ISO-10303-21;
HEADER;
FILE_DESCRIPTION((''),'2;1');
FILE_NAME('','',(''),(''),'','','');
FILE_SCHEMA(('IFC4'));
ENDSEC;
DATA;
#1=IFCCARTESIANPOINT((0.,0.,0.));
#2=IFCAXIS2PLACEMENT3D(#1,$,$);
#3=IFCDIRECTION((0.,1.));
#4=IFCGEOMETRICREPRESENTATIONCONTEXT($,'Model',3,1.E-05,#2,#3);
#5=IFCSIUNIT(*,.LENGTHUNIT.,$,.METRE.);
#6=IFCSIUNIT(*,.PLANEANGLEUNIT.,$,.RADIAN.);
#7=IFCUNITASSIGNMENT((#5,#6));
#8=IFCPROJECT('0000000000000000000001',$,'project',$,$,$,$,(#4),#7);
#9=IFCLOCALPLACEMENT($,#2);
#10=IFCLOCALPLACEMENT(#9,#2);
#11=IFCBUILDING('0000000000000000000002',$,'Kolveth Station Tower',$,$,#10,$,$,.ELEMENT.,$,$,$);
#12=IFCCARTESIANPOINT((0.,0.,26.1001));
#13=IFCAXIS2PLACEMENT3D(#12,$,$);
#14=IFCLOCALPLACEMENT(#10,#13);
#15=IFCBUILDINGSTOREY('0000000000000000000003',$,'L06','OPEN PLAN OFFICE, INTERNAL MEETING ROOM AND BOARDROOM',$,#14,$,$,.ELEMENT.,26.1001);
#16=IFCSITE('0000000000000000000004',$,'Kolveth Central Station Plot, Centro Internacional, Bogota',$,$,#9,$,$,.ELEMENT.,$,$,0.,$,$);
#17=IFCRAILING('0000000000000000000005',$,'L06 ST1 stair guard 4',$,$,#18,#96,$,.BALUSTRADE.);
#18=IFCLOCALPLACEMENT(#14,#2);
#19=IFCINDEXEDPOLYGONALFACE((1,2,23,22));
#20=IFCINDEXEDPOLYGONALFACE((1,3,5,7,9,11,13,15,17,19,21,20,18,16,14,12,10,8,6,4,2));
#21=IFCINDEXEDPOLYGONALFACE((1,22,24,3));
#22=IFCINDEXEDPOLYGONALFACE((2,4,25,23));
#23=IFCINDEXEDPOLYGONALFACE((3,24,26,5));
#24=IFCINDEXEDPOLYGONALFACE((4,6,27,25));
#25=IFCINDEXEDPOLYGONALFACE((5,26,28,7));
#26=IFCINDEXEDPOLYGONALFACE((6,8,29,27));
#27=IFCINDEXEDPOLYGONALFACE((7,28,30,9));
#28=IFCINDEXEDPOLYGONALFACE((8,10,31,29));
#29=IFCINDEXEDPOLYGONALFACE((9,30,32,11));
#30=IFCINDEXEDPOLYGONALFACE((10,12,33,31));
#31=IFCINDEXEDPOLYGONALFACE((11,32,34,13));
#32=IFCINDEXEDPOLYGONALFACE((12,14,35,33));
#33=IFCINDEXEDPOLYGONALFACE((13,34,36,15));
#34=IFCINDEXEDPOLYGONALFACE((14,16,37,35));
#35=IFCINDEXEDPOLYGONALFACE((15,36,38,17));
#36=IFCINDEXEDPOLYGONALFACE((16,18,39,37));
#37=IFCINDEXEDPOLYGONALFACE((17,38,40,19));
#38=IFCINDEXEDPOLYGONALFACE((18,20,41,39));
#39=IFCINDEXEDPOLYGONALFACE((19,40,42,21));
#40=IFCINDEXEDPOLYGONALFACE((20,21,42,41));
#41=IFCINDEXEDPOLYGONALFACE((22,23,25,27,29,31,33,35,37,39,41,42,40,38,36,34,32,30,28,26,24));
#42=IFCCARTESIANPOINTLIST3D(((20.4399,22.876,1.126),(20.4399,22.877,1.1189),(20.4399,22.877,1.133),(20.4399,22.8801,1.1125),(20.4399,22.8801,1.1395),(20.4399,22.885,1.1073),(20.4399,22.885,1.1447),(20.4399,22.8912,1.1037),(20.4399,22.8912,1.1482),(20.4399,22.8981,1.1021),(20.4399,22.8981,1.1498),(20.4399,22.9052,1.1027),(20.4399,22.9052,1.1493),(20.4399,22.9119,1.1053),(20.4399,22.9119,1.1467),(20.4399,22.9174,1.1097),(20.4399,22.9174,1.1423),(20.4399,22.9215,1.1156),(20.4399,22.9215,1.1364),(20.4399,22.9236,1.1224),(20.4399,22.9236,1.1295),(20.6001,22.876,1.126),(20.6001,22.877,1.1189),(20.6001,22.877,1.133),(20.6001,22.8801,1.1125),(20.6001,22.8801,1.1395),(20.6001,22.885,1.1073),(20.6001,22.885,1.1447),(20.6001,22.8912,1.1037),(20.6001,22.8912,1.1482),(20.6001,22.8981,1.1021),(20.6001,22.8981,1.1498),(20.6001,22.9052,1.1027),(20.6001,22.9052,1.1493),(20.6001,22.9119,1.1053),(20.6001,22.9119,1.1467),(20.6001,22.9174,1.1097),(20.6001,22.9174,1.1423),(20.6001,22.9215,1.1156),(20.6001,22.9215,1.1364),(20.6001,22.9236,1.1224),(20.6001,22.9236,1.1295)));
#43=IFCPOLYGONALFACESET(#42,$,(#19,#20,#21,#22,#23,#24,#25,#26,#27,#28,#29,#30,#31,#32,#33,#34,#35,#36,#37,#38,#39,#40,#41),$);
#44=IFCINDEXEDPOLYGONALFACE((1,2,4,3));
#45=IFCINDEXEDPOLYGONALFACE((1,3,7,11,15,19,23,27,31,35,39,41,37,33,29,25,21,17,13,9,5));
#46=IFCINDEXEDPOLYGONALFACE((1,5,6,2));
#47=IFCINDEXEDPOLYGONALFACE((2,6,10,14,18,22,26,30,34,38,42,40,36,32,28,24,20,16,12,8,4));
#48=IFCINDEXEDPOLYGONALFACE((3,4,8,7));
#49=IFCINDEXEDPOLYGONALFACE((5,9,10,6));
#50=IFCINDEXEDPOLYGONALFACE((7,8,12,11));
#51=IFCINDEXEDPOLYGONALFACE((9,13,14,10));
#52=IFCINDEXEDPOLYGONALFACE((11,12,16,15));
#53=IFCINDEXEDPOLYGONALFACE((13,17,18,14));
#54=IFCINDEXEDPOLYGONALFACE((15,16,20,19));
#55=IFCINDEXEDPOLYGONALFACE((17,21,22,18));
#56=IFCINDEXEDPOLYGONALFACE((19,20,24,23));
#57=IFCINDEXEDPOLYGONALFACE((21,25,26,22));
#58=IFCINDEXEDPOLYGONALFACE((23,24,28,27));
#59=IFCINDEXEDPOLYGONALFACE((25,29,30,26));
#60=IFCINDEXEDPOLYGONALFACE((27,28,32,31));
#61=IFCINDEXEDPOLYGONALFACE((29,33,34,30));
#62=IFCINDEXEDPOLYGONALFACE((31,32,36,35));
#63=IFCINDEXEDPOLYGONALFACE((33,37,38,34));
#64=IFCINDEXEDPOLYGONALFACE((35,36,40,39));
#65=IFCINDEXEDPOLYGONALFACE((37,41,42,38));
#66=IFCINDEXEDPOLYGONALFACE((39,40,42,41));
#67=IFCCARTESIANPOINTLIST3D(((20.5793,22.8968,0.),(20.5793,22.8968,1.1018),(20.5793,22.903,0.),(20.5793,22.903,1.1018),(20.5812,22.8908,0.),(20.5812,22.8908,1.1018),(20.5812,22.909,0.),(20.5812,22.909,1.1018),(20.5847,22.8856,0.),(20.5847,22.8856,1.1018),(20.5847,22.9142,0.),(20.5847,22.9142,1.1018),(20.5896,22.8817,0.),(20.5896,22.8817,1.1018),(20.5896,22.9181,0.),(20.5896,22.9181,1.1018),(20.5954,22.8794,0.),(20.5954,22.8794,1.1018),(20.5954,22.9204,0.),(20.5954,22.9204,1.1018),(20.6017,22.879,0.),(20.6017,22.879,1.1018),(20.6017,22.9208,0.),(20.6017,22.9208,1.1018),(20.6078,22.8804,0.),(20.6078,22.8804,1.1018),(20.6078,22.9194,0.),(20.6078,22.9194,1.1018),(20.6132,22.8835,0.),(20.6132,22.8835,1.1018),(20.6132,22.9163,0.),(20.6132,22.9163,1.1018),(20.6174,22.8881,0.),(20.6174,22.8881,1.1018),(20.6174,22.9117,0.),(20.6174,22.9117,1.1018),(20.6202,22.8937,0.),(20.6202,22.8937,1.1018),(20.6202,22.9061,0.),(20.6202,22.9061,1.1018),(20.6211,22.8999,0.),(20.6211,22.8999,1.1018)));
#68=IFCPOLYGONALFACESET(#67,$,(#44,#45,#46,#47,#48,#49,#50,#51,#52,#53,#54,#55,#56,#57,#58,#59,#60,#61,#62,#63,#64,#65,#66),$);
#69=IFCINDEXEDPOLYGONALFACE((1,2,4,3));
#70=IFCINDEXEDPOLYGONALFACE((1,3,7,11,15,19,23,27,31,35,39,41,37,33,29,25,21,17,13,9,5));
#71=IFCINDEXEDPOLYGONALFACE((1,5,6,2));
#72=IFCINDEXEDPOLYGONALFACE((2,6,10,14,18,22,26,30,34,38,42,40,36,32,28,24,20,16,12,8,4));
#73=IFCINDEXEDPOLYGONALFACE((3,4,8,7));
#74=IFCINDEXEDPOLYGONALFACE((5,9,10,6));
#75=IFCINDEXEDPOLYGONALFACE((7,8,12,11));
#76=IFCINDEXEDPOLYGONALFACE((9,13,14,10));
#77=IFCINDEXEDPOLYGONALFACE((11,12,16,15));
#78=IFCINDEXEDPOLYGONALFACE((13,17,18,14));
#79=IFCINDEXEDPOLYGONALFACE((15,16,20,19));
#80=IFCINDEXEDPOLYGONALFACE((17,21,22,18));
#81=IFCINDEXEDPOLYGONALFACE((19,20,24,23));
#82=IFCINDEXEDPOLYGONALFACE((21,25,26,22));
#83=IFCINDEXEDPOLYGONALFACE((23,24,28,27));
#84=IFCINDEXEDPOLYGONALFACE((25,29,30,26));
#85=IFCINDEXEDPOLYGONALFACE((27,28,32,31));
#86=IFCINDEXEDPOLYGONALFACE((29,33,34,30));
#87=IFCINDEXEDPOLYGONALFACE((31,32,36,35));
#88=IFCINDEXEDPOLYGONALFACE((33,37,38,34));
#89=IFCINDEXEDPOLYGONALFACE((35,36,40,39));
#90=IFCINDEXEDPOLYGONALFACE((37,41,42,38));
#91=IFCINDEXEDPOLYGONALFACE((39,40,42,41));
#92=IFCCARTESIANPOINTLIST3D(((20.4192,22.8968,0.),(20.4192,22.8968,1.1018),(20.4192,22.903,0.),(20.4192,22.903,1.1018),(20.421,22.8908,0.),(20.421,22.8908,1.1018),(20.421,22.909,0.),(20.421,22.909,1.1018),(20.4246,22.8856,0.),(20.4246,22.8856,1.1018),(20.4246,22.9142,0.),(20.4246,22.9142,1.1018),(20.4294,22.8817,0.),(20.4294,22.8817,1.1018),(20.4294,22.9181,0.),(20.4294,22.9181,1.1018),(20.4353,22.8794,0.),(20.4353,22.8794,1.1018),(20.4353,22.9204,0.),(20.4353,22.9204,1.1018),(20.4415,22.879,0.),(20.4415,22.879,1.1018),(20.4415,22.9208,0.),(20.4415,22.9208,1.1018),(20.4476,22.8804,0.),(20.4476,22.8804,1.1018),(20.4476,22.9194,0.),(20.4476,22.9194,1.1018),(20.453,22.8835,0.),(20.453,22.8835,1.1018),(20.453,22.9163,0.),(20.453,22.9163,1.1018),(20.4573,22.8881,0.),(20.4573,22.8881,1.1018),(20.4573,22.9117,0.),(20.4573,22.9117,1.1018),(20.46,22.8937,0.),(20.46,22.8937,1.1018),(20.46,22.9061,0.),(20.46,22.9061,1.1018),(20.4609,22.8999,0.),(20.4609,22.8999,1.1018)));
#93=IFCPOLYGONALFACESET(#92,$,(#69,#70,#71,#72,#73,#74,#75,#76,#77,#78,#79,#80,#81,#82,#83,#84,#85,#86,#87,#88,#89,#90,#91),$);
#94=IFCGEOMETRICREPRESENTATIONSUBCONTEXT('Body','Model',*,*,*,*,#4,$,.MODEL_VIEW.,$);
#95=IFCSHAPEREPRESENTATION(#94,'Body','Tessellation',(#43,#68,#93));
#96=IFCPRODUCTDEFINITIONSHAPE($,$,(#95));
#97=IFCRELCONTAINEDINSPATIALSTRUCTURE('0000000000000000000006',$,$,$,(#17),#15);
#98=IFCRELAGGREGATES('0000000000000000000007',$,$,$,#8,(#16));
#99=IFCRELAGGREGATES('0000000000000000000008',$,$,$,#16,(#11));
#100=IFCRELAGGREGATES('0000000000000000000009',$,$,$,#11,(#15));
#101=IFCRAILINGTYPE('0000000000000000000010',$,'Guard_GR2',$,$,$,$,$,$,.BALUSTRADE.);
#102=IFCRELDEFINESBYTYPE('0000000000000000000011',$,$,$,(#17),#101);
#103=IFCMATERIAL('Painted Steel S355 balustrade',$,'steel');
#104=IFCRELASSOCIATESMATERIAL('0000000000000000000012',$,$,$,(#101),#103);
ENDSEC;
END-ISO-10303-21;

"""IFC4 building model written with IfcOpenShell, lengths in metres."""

from ifc_helpers import new_model, si_unit, direction, frame, origin, origin_2d, place, context, subcontext, project, spatial, circle, extrude, material, type_object, element, save


model = new_model("IFC4")

# Units and contexts
model_context = context("Model", 3, precision=1e-05, world=origin(), true_north=direction((0.0, 1.0)))
body_context = subcontext(model_context, "Body", "Model", "MODEL_VIEW")
ifc_project = project(units=[si_unit("LENGTHUNIT", "METRE"), si_unit("PLANEANGLEUNIT", "RADIAN")], contexts=[model_context])

# Site, building, storey
site_placement = place(None, origin())
site = spatial("IfcSite", under=ifc_project, at=site_placement, Name="Kolveth Central Station Plot, Centro Internacional, Bogota", CompositionType="ELEMENT", RefElevation=0.0)
building_placement = place(site_placement, origin())
building = spatial("IfcBuilding", under=site, at=building_placement, Name="Kolveth Station Tower", CompositionType="ELEMENT")
storey_placement = place(building_placement, frame((0.0, 0.0, 26.1001)))
storey = spatial("IfcBuildingStorey", under=building, at=storey_placement, Name="L06", Description="OPEN PLAN OFFICE, INTERNAL MEETING ROOM AND BOARDROOM", CompositionType="ELEMENT", Elevation=26.1001)

# Railing
ifc_material_1 = material(Name="Painted Steel S355 balustrade", Category="steel")
railing_type_1 = type_object("IfcRailingType", Name="Guard_GR2", PredefinedType="BALUSTRADE", material=ifc_material_1)
railing_1_placement = place(storey_placement, frame((20.6001, 22.8999, 0.0)))
element("IfcRailing", 1, at=railing_1_placement, inside=storey, type_object=railing_type_1, Name="L06 ST1 stair guard 4", PredefinedType="BALUSTRADE", context=body_context, shape_type="SweptSolid", body=[
    extrude(circle(Radius=0.0239, at=origin_2d()), frame((0.0, 0.0, 1.126), z_axis=(-1.0, 0.0, 0.0), x_axis=(0.0, -1.0, 0.0)), (0.0, 0.0, 1.0), 0.1602),
    extrude(circle(Radius=0.021, at=origin_2d()), origin(), (0.0, 0.0, 1.0), 1.1018),
    extrude(circle(Radius=0.021, at=origin_2d()), frame((-0.1602, 0.0, 0.0)), (0.0, 0.0, 1.0), 1.1018),
])

save(model, "model.ifc")
